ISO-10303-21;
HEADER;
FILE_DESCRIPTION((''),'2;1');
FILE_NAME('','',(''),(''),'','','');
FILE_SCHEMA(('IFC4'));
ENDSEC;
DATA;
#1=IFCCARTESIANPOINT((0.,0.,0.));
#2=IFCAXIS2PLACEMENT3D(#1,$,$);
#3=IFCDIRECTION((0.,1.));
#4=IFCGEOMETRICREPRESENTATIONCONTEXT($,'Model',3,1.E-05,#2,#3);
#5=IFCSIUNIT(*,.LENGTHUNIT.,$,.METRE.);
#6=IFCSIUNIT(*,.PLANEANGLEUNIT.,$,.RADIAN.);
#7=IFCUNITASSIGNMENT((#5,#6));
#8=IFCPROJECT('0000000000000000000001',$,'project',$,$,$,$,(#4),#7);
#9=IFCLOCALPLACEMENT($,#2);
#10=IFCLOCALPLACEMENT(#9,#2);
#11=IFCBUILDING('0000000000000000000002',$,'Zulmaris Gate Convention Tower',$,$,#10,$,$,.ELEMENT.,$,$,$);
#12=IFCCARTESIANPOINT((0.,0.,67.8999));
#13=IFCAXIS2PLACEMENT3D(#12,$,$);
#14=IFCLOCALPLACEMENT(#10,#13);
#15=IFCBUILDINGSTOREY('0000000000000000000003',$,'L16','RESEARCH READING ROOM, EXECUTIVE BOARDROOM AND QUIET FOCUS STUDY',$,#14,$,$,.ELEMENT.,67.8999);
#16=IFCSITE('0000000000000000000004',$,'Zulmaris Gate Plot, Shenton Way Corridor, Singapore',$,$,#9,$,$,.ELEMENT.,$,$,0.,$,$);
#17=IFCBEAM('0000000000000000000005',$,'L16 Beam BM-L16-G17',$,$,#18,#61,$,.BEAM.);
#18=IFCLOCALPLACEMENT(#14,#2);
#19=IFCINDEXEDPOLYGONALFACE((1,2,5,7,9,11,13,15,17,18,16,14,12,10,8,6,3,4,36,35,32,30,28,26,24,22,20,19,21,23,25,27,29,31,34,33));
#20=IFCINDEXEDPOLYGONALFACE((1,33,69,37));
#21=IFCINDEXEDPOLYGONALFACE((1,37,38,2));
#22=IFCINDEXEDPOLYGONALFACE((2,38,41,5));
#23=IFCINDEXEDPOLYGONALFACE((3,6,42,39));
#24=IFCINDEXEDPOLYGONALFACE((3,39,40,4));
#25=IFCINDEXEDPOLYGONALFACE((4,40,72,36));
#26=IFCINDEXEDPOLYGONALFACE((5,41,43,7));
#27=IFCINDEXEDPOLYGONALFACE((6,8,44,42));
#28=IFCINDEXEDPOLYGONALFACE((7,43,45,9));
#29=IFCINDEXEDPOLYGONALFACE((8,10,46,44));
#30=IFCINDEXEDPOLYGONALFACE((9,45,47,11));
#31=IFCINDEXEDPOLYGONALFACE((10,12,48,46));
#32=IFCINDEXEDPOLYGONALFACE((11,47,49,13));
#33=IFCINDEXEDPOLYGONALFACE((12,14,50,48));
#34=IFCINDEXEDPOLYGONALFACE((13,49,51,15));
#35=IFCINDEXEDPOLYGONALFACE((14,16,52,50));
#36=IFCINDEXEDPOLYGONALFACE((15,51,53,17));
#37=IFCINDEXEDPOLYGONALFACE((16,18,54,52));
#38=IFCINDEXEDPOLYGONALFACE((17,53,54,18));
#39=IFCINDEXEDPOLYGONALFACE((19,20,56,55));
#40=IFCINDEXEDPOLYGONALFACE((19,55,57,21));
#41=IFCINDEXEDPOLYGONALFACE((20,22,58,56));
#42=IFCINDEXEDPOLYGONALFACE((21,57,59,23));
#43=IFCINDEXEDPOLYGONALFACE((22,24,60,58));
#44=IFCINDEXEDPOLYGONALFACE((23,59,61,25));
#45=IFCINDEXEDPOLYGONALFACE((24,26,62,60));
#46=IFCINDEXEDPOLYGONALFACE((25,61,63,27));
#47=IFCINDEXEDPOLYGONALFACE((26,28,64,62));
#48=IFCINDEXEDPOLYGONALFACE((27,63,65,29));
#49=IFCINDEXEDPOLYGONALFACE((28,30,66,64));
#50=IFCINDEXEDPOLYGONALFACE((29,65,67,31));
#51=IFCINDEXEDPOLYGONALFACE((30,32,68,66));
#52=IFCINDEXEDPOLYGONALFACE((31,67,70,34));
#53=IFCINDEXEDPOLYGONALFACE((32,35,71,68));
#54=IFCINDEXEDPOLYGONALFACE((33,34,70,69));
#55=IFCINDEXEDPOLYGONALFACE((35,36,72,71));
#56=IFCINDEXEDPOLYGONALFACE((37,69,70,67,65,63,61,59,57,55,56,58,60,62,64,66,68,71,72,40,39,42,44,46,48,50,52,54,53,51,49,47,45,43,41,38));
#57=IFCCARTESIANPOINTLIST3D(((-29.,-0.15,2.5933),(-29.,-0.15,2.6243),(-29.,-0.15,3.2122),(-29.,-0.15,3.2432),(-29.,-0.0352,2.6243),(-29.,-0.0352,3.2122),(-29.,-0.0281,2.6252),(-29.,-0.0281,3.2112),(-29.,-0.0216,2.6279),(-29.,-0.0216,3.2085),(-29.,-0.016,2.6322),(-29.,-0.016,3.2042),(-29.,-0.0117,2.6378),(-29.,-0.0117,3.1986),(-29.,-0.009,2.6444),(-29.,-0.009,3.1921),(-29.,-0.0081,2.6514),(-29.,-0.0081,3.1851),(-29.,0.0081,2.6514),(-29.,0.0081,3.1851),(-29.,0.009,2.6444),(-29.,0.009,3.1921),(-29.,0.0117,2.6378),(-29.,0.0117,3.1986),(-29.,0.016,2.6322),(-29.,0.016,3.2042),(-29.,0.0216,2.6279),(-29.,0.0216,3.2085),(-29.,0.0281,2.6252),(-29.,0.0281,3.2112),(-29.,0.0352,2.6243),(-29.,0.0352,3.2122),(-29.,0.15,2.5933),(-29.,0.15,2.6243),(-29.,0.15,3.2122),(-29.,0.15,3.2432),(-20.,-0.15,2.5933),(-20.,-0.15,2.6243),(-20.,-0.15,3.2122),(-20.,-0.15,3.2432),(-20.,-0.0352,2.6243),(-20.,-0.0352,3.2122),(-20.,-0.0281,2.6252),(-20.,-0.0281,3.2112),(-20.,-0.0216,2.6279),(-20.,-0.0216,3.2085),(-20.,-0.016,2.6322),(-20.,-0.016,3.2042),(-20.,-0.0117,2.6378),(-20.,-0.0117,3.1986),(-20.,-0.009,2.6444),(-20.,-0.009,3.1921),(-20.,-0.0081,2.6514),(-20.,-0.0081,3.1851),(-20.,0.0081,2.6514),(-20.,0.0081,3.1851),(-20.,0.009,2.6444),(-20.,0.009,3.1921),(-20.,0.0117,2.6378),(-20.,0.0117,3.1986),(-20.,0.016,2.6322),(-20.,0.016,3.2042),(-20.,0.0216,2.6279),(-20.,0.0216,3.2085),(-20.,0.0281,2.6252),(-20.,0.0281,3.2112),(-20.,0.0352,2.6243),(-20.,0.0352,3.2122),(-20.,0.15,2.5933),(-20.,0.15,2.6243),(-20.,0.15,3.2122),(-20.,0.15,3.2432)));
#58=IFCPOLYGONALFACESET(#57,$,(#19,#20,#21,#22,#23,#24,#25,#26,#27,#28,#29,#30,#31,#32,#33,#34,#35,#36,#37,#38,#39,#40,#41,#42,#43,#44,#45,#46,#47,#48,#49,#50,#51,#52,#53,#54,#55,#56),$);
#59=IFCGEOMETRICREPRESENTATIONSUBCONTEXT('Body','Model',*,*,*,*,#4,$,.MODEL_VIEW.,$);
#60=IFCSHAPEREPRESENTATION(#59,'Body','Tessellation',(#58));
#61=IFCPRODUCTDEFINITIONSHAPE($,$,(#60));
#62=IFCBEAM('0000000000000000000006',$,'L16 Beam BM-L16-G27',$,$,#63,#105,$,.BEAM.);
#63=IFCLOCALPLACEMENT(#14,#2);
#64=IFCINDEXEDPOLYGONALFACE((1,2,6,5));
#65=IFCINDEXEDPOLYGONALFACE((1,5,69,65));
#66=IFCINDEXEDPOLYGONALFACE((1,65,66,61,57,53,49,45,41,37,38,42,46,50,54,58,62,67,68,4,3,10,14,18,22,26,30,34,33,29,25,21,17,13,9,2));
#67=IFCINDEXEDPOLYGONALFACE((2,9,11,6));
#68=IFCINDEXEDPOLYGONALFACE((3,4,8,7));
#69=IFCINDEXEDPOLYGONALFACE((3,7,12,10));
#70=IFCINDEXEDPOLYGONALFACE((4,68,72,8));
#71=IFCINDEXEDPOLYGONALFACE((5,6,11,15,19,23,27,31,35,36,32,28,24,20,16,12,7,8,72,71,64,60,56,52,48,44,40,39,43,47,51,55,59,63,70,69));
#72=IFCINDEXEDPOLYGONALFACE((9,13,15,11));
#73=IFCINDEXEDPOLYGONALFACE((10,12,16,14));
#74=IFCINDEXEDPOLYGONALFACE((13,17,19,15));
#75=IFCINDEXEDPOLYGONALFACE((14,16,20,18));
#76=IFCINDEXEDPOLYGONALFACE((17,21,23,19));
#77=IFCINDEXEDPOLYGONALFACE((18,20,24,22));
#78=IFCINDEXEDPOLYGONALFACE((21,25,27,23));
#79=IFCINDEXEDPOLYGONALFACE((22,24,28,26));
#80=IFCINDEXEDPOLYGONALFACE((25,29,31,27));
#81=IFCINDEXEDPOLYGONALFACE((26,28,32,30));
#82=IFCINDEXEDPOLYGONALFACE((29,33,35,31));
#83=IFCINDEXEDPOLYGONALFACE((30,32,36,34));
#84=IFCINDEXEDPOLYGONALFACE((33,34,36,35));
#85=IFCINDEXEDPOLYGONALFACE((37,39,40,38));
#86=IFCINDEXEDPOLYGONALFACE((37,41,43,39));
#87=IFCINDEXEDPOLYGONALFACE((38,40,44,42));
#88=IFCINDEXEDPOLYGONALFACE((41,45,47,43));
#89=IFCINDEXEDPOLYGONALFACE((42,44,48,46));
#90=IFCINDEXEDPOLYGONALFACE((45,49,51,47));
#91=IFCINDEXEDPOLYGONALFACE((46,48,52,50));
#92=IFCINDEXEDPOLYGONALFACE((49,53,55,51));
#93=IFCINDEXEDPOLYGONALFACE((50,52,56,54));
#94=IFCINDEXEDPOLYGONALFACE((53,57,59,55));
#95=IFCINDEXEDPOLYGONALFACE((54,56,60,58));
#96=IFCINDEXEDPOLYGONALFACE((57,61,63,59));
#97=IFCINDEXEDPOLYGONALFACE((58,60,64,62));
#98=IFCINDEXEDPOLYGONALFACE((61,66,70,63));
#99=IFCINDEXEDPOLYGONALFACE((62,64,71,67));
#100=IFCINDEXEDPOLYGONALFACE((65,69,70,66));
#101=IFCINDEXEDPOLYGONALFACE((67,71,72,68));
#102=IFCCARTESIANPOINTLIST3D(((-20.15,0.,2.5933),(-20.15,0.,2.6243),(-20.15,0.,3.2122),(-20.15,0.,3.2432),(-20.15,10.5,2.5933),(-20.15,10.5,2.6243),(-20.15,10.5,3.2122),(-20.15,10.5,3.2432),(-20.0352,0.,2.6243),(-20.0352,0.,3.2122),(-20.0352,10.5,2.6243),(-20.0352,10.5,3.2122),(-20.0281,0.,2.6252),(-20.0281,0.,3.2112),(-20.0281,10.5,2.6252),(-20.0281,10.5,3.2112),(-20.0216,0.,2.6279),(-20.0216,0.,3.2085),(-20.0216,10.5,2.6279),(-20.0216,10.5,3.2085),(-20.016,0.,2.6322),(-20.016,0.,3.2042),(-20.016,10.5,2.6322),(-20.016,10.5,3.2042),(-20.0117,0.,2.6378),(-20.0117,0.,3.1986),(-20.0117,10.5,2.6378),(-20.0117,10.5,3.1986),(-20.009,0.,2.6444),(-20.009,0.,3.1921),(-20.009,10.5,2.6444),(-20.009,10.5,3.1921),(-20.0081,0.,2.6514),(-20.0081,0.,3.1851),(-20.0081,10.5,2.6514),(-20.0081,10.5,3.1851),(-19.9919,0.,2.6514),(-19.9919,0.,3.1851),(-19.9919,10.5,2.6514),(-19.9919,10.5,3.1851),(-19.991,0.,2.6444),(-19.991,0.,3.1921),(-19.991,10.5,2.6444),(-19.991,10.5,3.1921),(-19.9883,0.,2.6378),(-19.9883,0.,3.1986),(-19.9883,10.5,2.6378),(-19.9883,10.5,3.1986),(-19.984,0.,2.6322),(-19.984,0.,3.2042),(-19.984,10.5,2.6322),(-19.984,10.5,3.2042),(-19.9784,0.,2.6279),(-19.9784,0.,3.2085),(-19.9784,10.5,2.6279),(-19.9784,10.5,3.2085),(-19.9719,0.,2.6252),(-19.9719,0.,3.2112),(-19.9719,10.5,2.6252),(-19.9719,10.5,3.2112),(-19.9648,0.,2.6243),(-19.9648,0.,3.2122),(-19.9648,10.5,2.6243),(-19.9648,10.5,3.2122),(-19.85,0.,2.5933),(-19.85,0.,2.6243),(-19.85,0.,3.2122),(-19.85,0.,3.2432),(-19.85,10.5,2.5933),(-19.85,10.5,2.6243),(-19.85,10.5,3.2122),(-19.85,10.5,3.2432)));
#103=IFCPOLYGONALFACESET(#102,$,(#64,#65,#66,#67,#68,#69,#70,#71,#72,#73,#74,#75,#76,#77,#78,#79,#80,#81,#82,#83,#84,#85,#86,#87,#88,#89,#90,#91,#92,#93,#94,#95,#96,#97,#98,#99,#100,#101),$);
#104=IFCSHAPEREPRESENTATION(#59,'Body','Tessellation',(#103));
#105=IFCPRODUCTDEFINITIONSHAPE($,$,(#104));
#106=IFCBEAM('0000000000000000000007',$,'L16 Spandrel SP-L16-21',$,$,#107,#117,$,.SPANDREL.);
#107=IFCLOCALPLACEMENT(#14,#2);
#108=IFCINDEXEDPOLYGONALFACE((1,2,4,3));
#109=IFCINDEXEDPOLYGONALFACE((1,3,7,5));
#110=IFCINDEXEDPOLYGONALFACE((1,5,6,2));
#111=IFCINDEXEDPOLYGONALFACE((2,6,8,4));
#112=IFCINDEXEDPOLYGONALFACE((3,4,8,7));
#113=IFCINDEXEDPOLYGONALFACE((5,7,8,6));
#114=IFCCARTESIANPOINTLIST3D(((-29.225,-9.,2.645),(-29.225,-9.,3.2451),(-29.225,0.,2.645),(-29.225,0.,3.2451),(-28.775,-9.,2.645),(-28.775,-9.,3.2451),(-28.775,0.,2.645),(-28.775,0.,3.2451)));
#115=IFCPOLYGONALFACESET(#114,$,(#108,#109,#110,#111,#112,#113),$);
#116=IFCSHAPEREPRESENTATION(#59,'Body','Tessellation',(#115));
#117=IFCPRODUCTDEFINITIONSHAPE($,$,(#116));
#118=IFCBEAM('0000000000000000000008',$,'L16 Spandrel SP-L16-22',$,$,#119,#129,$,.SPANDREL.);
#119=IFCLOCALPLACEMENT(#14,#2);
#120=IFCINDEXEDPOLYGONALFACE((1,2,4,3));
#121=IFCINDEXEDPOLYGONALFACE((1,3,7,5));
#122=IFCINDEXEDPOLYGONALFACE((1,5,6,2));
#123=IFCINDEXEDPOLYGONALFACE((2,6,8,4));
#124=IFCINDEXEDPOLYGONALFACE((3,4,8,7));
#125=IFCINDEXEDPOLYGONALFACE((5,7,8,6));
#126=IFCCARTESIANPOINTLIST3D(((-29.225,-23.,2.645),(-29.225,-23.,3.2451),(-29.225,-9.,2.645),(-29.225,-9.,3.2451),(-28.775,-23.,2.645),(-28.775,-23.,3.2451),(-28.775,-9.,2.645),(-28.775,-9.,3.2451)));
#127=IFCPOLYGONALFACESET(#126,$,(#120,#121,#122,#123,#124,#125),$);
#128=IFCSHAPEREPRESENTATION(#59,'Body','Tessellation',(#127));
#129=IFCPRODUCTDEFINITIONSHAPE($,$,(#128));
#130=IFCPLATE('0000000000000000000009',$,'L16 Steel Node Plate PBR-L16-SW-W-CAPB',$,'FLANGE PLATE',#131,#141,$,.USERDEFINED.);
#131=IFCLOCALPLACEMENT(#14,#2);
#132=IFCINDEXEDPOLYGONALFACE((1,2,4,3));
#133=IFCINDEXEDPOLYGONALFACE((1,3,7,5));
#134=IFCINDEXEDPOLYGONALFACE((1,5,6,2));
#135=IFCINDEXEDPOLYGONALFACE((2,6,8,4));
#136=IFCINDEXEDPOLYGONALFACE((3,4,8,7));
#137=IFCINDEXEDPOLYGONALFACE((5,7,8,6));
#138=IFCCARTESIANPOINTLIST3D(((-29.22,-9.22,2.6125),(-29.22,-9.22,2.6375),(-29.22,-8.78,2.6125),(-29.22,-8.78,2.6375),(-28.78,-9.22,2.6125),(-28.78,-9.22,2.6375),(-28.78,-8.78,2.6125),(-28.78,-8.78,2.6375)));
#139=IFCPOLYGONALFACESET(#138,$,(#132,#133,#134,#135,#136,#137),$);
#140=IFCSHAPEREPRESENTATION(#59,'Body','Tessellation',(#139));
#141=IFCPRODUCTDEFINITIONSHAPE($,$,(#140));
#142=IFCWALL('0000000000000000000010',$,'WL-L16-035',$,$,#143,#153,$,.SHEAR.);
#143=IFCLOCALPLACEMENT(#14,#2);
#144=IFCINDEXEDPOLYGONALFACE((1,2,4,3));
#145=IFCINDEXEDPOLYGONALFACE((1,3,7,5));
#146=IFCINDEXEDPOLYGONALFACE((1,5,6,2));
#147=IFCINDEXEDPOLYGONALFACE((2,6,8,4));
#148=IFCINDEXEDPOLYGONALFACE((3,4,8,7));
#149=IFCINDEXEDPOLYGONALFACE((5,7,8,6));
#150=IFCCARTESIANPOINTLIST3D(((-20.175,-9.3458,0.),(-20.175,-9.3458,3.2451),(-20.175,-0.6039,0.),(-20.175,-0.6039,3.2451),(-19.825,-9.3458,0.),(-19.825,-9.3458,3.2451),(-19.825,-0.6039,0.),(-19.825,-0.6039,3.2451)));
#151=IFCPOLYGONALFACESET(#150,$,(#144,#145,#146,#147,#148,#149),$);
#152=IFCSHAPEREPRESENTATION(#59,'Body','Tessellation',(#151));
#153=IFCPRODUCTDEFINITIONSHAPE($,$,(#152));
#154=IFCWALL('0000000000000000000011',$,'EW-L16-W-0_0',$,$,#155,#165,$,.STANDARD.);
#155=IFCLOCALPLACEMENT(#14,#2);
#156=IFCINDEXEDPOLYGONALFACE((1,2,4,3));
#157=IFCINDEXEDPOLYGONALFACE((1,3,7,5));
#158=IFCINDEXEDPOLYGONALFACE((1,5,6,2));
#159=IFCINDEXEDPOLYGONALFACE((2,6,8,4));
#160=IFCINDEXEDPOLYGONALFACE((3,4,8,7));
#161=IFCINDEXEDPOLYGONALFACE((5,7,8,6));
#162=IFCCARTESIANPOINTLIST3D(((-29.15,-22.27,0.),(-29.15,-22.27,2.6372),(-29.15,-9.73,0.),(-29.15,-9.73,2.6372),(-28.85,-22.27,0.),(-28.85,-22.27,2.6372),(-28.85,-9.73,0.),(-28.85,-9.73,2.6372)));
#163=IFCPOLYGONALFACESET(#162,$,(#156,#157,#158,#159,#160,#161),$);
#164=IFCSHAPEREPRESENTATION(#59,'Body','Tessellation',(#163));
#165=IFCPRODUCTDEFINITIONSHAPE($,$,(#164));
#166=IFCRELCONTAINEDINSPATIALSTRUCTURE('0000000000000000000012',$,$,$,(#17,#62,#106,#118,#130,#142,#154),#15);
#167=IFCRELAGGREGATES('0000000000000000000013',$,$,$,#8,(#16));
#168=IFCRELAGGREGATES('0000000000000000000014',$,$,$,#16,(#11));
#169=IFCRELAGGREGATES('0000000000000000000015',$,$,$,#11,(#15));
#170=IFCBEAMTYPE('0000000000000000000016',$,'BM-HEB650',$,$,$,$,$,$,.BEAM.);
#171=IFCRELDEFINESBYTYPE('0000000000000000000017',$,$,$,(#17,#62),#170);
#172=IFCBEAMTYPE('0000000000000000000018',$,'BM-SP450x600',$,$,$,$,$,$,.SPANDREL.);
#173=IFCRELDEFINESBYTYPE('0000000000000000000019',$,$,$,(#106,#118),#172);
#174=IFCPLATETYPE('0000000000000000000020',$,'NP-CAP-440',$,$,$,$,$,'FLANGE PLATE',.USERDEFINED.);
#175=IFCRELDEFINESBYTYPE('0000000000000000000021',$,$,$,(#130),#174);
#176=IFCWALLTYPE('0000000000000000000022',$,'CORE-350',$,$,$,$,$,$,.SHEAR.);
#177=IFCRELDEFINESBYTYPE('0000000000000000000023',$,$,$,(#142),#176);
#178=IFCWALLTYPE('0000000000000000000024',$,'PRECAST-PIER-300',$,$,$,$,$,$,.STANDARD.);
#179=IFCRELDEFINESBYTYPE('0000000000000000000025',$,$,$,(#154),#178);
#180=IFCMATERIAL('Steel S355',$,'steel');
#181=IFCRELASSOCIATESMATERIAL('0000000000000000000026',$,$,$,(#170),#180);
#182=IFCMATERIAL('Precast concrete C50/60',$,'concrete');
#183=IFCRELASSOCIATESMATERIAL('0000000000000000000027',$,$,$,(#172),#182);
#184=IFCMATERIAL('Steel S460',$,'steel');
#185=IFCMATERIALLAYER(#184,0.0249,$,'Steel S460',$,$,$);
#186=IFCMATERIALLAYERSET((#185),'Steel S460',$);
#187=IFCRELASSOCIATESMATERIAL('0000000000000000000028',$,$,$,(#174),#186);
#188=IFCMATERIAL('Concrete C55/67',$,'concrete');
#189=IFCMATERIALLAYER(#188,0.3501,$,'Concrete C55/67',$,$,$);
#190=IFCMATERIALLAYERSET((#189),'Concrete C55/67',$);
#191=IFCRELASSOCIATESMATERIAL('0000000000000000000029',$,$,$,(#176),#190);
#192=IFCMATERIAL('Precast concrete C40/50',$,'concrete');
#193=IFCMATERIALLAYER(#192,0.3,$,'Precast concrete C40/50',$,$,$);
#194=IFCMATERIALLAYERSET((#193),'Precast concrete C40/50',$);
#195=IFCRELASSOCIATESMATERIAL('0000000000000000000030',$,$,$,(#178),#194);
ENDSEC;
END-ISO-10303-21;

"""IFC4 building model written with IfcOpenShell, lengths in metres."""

from ifc_helpers import new_model, si_unit, direction, frame, frame_2d, origin, origin_2d, place, context, subcontext, project, spatial, rectangle, i_section, extrude, material, layer, layer_set, material_profile, profile_set, type_object, element, save


model = new_model("IFC4")

# Units and contexts
model_context = context("Model", 3, precision=1e-05, world=origin(), true_north=direction((0.0, 1.0)))
body_context = subcontext(model_context, "Body", "Model", "MODEL_VIEW")
ifc_project = project(units=[si_unit("LENGTHUNIT", "METRE"), si_unit("PLANEANGLEUNIT", "RADIAN")], contexts=[model_context])

# Site, building, storey
site_placement = place(None, origin())
site = spatial("IfcSite", under=ifc_project, at=site_placement, Name="Zulmaris Gate Plot, Shenton Way Corridor, Singapore", CompositionType="ELEMENT", RefElevation=0.0)
building_placement = place(site_placement, origin())
building = spatial("IfcBuilding", under=site, at=building_placement, Name="Zulmaris Gate Convention Tower", CompositionType="ELEMENT")
storey_placement = place(building_placement, frame((0.0, 0.0, 67.8999)))
storey = spatial("IfcBuildingStorey", under=building, at=storey_placement, Name="L16", Description="RESEARCH READING ROOM, EXECUTIVE BOARDROOM AND QUIET FOCUS STUDY", CompositionType="ELEMENT", Elevation=67.8999)

# Beams
ifc_material_1 = material(Name="Steel S355", Category="steel")
ifc_material_profile_1 = material_profile(ifc_material_1, i_section(OverallWidth=0.3, OverallDepth=0.6499, WebThickness=0.0161, FlangeThickness=0.031, FilletRadius=0.0271, at=origin_2d()), Name="HEB 650")
ifc_profile_set_1 = profile_set([ifc_material_profile_1], Name="Steel S355")
beam_type_1 = type_object("IfcBeamType", Name="BM-HEB650", PredefinedType="BEAM", material=ifc_profile_set_1)
for number, where, z_axis, x_axis, name in (
    (1, (-29.0, 0.0, 2.9182), (1.0, 0.0, 0.0), (0.0, 1.0, 0.0), "L16 Beam BM-L16-G17"),
):
    element("IfcBeam", number, at=place(storey_placement, frame(where, z_axis=z_axis, x_axis=x_axis)), inside=storey, type_object=beam_type_1, Name=name, PredefinedType="BEAM", context=body_context, shape_type="SweptSolid", body=[
        extrude(i_section(OverallWidth=0.3, OverallDepth=0.6499, WebThickness=0.0161, FlangeThickness=0.031, FilletRadius=0.0271, at=origin_2d()), origin(), (0.0, 0.0, 1.0), 9.0),
    ])
beam_1_placement = place(storey_placement, frame((-20.0, 0.0, 2.9182), z_axis=(0.0, 1.0, 0.0), x_axis=(-1.0, 0.0, 0.0)))
element("IfcBeam", 2, at=beam_1_placement, inside=storey, type_object=beam_type_1, Name="L16 Beam BM-L16-G27", PredefinedType="BEAM", context=body_context, shape_type="SweptSolid", body=[
    extrude(i_section(OverallWidth=0.3, OverallDepth=0.6499, WebThickness=0.0161, FlangeThickness=0.031, FilletRadius=0.0271, at=origin_2d()), origin(), (0.0, 0.0, 1.0), 10.5),
])
ifc_material_2 = material(Name="Precast concrete C50/60", Category="concrete")
ifc_material_profile_2 = material_profile(ifc_material_2, rectangle(XDim=0.45, YDim=0.6001, at=origin_2d()), Name="RC SPANDREL 450x600")
ifc_profile_set_2 = profile_set([ifc_material_profile_2], Name="Precast concrete C50/60")
beam_type_2 = type_object("IfcBeamType", Name="BM-SP450x600", PredefinedType="SPANDREL", material=ifc_profile_set_2)
beam_2_placement = place(storey_placement, frame((-29.0, 0.0, 2.9451), z_axis=(0.0, -1.0, 0.0), x_axis=(1.0, 0.0, 0.0)))
element("IfcBeam", 3, at=beam_2_placement, inside=storey, type_object=beam_type_2, Name="L16 Spandrel SP-L16-21", PredefinedType="SPANDREL", context=body_context, shape_type="SweptSolid", body=[
    extrude(rectangle(XDim=0.45, YDim=0.6001, at=origin_2d()), origin(), (0.0, 0.0, 1.0), 9.0),
])
beam_3_placement = place(storey_placement, frame((-29.0, -9.0, 2.9451), z_axis=(0.0, -1.0, 0.0), x_axis=(1.0, 0.0, 0.0)))
element("IfcBeam", 4, at=beam_3_placement, inside=storey, type_object=beam_type_2, Name="L16 Spandrel SP-L16-22", PredefinedType="SPANDREL", context=body_context, shape_type="SweptSolid", body=[
    extrude(rectangle(XDim=0.45, YDim=0.6001, at=origin_2d()), origin(), (0.0, 0.0, 1.0), 14.0),
])

# Plate
ifc_material_3 = material(Name="Steel S460", Category="steel")
ifc_layer_1 = layer(ifc_material_3, 0.0249, Name="Steel S460")
ifc_layer_set_1 = layer_set([ifc_layer_1], Name="Steel S460")
plate_type = type_object("IfcPlateType", Name="NP-CAP-440", ElementType="FLANGE PLATE", PredefinedType="USERDEFINED", material=ifc_layer_set_1)
plate_placement = place(storey_placement, frame((-29.0, -9.0, 2.6125), z_axis=(0.0, 0.0, 1.0), x_axis=(1.0, 0.0, 0.0)))
element("IfcPlate", 5, at=plate_placement, inside=storey, type_object=plate_type, Name="L16 Steel Node Plate PBR-L16-SW-W-CAPB", ObjectType="FLANGE PLATE", PredefinedType="USERDEFINED", context=body_context, shape_type="SweptSolid", body=[
    extrude(rectangle(XDim=0.4399, YDim=0.4399, at=origin_2d()), origin(), (0.0, 0.0, 1.0), 0.0249),
])

# Shared definitions
ifc_material_4 = material(Name="Concrete C55/67", Category="concrete")
ifc_layer_2 = layer(ifc_material_4, 0.3501, Name="Concrete C55/67")
ifc_layer_set_2 = layer_set([ifc_layer_2], Name="Concrete C55/67")
wall_type_1 = type_object("IfcWallType", Name="CORE-350", PredefinedType="SHEAR", material=ifc_layer_set_2)

# Walls
wall_1_placement = place(storey_placement, frame((-20.0, -9.3459, 0.0), z_axis=(0.0, 0.0, 1.0), x_axis=(0.0, 1.0, 0.0)))
element("IfcWall", 6, at=wall_1_placement, inside=storey, type_object=wall_type_1, Name="WL-L16-035", PredefinedType="SHEAR", context=body_context, shape_type="SweptSolid", body=[
    extrude(rectangle(XDim=8.7419, YDim=0.3501, at=frame_2d((4.3711, 0.0))), origin(), (0.0, 0.0, 1.0), 3.2451),
])
ifc_material_5 = material(Name="Precast concrete C40/50", Category="concrete")
ifc_layer_3 = layer(ifc_material_5, 0.3, Name="Precast concrete C40/50")
ifc_layer_set_3 = layer_set([ifc_layer_3], Name="Precast concrete C40/50")
wall_type_2 = type_object("IfcWallType", Name="PRECAST-PIER-300", PredefinedType="STANDARD", material=ifc_layer_set_3)
wall_2_placement = place(storey_placement, frame((-29.0, -9.73, 0.0), z_axis=(0.0, 0.0, 1.0), x_axis=(0.0, -1.0, 0.0)))
element("IfcWall", 7, at=wall_2_placement, inside=storey, type_object=wall_type_2, Name="EW-L16-W-0_0", PredefinedType="STANDARD", context=body_context, shape_type="SweptSolid", body=[
    extrude(rectangle(XDim=12.54, YDim=0.3, at=frame_2d((6.27, 0.0))), origin(), (0.0, 0.0, 1.0), 2.6372),
])

save(model, "model.ifc")
